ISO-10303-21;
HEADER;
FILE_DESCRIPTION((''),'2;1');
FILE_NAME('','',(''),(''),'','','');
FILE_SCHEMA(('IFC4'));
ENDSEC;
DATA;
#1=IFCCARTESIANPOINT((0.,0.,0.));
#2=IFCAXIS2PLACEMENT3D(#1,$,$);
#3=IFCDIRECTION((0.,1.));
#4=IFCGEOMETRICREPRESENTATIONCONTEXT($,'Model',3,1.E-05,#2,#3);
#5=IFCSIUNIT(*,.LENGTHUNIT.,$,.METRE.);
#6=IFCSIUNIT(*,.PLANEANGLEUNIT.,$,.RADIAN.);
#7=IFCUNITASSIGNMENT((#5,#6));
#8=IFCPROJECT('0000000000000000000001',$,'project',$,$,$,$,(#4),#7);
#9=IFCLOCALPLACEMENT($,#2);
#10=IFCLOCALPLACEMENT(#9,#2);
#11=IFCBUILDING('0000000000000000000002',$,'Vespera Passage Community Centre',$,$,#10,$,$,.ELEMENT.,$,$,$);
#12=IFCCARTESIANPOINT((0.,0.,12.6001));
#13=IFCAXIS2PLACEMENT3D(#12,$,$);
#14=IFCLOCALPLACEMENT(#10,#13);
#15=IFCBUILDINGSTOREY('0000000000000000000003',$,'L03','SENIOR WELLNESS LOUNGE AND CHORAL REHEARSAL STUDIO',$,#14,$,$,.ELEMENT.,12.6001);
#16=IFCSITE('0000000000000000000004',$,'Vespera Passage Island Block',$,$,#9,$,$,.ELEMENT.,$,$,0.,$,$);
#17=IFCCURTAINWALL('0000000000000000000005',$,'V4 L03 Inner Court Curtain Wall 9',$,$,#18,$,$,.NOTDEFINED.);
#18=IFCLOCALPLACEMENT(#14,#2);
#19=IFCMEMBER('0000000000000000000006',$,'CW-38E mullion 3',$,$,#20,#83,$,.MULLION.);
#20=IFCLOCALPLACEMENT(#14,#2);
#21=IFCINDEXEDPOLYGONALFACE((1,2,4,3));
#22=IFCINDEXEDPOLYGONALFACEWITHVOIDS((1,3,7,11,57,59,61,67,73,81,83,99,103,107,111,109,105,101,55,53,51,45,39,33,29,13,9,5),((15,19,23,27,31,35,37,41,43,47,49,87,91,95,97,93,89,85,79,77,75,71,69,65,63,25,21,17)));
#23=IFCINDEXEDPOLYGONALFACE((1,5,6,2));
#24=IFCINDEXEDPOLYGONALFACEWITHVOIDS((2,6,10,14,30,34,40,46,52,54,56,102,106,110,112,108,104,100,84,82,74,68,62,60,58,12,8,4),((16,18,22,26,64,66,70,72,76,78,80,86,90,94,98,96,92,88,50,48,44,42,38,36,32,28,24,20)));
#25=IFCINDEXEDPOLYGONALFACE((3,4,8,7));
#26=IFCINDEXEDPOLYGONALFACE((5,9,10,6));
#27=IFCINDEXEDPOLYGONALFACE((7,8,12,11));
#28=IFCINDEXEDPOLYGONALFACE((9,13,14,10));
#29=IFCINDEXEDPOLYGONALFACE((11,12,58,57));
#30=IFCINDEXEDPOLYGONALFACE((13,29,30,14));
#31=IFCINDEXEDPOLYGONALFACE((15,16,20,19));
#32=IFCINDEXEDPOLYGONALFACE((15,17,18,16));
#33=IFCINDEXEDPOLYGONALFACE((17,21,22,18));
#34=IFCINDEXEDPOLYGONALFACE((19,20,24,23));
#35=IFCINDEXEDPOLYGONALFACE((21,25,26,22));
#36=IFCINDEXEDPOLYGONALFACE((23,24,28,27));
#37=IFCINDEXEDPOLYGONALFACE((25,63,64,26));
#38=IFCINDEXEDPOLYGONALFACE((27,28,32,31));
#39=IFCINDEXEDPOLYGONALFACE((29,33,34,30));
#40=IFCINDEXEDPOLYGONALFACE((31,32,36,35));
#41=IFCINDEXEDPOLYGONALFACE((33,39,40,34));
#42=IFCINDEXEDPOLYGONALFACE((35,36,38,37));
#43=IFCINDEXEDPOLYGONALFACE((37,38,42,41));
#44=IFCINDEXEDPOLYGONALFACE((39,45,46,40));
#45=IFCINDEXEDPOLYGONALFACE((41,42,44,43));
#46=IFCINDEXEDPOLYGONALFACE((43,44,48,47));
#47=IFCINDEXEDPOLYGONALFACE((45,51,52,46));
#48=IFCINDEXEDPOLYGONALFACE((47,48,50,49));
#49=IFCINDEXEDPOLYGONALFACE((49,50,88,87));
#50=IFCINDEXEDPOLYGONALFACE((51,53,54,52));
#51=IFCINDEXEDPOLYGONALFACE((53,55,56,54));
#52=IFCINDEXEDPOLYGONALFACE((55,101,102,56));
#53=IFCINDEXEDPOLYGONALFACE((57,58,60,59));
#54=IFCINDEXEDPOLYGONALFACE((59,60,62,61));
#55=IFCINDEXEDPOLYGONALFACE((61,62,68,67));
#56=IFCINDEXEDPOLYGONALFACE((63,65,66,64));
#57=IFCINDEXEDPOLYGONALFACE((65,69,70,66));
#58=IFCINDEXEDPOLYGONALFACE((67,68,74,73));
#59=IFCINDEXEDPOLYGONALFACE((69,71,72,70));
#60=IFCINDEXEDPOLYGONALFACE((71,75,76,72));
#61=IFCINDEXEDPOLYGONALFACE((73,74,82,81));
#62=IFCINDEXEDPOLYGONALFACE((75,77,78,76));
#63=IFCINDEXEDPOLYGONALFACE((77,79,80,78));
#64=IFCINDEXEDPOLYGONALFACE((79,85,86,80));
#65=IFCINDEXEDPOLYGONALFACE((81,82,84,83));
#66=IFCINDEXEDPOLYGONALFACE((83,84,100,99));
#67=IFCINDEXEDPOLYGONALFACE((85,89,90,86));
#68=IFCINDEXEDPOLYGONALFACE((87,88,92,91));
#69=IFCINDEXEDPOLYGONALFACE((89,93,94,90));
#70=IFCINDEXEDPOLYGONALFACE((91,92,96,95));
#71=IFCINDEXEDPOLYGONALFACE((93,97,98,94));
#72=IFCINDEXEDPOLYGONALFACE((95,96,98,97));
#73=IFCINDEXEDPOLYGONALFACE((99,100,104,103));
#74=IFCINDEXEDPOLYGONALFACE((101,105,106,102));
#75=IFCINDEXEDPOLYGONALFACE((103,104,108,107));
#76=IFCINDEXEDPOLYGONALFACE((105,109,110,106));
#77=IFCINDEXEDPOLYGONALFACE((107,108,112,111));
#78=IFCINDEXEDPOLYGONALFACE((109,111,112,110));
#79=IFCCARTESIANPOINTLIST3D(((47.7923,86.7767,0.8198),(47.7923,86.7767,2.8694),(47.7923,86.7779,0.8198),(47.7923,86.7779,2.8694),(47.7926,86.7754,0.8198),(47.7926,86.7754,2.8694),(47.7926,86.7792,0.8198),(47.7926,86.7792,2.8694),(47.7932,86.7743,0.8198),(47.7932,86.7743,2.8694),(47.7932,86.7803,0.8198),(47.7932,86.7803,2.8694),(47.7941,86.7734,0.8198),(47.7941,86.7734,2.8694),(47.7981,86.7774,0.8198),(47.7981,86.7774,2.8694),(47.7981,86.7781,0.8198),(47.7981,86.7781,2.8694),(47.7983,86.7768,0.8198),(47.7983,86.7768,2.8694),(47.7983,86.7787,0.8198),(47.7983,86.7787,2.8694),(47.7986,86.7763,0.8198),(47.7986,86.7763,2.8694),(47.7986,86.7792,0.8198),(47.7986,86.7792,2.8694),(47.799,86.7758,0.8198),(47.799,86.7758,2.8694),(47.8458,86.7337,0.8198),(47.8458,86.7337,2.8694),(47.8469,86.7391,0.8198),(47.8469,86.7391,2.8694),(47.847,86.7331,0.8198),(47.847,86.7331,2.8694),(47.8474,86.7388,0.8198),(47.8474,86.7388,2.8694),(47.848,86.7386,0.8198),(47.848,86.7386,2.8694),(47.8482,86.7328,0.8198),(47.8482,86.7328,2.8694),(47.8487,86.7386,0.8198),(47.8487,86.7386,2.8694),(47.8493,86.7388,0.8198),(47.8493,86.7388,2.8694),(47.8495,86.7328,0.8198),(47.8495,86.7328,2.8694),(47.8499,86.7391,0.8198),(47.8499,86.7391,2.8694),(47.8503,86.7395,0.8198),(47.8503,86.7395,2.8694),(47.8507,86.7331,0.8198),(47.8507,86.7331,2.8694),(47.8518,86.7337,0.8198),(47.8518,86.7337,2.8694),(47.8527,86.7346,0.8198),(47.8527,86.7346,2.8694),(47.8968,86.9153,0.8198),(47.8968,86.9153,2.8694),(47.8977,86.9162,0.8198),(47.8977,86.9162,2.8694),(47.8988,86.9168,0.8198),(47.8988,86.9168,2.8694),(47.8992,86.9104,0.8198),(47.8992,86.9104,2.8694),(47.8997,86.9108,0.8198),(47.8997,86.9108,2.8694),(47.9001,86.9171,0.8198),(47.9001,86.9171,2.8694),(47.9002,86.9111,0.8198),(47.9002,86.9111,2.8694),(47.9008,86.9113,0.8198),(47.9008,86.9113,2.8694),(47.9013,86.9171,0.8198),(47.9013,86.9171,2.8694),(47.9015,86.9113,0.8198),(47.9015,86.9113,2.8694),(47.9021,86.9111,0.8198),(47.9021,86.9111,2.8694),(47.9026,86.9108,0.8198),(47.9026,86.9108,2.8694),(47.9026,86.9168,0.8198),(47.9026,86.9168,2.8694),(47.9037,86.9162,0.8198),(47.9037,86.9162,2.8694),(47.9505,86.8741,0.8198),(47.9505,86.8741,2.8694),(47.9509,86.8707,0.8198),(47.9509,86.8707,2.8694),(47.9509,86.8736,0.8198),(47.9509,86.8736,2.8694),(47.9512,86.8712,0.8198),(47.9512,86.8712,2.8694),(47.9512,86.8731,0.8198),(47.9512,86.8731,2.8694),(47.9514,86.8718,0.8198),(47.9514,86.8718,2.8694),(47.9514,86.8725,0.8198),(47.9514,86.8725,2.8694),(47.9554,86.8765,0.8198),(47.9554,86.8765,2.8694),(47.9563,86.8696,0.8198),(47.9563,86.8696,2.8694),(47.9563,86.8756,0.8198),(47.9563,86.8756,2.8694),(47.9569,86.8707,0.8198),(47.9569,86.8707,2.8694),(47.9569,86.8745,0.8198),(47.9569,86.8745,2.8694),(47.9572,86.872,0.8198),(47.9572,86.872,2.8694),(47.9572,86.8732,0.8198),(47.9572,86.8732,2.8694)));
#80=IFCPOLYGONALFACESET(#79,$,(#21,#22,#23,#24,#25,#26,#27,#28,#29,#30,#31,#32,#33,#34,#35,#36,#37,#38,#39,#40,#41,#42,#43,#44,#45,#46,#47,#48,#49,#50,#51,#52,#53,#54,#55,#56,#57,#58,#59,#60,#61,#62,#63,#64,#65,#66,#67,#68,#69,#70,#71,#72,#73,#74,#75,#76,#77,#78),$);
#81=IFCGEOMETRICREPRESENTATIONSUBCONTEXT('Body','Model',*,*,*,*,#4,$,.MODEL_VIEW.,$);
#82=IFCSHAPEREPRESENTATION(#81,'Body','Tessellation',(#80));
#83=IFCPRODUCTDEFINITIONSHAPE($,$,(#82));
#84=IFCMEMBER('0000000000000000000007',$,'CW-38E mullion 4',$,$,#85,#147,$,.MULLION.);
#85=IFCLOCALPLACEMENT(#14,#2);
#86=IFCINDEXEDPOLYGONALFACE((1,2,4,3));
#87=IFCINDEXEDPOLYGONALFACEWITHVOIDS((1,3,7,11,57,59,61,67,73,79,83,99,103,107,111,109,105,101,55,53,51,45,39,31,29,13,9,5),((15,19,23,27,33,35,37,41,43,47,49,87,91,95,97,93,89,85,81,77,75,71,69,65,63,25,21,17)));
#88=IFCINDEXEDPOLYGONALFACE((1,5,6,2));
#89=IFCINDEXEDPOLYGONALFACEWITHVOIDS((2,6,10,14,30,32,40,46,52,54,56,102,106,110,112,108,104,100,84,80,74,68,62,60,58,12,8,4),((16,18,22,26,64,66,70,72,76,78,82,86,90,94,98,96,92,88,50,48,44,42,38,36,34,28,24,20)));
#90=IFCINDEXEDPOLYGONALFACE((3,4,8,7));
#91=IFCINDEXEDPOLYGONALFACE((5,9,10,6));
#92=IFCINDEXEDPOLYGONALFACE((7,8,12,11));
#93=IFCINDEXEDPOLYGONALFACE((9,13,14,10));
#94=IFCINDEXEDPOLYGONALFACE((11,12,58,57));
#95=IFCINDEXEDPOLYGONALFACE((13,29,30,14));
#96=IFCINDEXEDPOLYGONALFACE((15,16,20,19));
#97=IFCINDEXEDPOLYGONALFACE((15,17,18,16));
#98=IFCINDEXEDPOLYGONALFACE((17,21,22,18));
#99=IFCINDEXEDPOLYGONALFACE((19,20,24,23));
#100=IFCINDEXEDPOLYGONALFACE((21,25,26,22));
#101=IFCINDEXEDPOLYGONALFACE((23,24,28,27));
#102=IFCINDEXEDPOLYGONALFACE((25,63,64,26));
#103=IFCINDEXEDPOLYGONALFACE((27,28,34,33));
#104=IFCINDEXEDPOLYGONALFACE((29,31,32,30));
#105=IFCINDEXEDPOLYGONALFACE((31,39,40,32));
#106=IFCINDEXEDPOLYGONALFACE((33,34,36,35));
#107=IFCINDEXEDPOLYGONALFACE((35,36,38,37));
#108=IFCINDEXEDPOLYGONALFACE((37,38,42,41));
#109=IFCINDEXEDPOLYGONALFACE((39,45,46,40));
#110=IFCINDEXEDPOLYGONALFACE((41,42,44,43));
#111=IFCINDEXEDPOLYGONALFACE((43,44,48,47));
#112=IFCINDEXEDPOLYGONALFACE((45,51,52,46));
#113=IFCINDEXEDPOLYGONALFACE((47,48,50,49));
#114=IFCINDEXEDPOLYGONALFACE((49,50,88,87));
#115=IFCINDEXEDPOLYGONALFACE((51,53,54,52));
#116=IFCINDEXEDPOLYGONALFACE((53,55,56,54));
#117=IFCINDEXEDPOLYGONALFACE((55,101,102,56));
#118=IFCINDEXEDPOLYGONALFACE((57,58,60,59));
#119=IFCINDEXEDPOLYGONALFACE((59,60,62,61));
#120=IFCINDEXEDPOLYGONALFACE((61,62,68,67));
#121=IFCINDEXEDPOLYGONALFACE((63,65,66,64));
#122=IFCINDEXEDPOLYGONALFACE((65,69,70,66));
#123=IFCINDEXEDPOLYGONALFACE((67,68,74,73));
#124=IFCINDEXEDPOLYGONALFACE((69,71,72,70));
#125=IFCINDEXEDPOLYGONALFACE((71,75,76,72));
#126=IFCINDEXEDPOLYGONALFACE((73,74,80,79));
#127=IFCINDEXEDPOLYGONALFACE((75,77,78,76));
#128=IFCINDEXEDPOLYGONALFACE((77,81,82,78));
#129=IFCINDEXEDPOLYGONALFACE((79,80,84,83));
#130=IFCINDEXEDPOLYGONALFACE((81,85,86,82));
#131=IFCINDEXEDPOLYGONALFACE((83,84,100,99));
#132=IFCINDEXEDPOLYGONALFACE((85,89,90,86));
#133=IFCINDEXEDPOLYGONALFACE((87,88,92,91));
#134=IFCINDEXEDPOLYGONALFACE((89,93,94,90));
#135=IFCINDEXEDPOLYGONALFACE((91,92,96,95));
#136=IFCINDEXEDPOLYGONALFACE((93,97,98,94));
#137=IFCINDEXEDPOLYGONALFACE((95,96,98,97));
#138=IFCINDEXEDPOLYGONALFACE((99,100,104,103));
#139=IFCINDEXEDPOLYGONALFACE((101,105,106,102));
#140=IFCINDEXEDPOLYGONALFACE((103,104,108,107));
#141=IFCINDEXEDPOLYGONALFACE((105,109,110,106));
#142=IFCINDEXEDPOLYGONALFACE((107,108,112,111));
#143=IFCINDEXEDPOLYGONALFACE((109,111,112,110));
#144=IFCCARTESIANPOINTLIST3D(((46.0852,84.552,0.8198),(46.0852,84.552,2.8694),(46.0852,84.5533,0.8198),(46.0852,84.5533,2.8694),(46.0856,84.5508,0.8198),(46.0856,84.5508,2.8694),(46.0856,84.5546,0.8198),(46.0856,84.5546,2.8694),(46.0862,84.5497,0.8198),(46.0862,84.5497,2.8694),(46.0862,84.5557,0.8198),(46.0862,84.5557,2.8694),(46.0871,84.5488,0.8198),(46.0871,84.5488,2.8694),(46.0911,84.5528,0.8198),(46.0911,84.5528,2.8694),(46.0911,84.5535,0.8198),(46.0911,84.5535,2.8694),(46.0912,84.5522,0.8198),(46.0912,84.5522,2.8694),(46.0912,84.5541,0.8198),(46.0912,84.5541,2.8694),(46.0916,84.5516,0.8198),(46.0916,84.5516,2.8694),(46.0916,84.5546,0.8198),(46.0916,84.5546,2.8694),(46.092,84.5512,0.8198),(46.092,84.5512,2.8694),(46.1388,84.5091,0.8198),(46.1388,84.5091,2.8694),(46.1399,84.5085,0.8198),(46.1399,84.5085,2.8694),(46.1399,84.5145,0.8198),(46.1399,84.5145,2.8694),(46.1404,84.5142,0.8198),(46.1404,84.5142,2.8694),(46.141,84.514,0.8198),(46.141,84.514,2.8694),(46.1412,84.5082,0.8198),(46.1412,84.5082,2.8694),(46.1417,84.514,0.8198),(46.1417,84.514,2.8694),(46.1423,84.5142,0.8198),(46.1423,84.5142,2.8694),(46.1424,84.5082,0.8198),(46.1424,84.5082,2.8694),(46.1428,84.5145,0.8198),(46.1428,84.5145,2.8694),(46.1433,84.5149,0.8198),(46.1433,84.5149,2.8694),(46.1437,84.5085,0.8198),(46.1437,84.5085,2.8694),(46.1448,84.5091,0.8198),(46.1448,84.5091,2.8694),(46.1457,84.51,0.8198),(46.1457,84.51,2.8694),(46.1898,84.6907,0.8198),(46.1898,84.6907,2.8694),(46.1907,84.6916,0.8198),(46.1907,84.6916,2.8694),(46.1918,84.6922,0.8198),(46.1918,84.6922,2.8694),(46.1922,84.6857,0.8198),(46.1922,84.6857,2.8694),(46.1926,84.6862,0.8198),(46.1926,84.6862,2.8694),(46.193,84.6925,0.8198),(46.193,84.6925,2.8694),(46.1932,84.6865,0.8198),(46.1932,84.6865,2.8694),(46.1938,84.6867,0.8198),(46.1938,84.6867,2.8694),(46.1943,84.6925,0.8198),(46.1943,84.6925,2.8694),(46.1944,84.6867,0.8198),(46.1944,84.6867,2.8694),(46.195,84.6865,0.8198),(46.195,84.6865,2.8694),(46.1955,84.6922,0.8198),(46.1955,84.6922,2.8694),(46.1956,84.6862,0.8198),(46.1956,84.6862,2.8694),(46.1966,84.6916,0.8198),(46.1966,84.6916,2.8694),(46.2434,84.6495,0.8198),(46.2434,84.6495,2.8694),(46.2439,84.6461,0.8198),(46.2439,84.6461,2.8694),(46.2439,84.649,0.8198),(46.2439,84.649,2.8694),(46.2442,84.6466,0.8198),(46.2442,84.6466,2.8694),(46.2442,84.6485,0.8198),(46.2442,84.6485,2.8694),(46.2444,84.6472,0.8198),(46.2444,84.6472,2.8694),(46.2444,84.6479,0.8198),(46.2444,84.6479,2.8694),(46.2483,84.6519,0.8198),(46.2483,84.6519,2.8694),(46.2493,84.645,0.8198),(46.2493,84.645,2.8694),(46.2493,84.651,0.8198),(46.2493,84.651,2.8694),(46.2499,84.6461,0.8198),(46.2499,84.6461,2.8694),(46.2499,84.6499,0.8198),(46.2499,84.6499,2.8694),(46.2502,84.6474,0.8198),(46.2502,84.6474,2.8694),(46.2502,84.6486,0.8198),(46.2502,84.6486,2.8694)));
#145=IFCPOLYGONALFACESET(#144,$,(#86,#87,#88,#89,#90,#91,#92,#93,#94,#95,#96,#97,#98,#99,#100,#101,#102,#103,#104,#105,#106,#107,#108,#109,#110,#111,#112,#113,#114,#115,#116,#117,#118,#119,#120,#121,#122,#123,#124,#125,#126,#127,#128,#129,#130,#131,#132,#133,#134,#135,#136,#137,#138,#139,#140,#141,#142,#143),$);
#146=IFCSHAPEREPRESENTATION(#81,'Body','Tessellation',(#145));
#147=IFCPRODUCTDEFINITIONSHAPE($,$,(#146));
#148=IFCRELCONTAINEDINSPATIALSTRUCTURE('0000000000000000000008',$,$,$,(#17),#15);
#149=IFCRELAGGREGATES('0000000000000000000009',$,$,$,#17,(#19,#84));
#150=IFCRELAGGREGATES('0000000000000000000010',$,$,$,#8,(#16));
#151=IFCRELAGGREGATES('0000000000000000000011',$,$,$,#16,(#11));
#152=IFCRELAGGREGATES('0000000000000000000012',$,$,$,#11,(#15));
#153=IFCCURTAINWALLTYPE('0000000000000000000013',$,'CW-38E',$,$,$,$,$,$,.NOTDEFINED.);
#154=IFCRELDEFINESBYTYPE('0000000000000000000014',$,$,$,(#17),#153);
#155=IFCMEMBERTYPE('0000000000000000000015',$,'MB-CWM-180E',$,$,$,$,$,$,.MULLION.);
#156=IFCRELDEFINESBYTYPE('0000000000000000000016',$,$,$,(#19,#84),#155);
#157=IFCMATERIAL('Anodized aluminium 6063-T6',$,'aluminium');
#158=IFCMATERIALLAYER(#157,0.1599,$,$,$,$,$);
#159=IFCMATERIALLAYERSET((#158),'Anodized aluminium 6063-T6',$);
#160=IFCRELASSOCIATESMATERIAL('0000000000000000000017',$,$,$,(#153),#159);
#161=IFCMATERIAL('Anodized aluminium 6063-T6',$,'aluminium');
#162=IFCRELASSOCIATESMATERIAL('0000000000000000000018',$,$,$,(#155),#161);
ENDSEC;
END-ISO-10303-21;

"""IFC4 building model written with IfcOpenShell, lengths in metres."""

from ifc_helpers import new_model, si_unit, direction, frame, origin, origin_2d, place, context, subcontext, project, spatial, hollow_rectangle, extrude, material, layer, layer_set, material_profile, profile_set, type_object, element, aggregate, save


model = new_model("IFC4")

# Units and contexts
model_context = context("Model", 3, precision=1e-05, world=origin(), true_north=direction((0.0, 1.0)))
body_context = subcontext(model_context, "Body", "Model", "MODEL_VIEW")
ifc_project = project(units=[si_unit("LENGTHUNIT", "METRE"), si_unit("PLANEANGLEUNIT", "RADIAN")], contexts=[model_context])

# Site, building, storey
site_placement = place(None, origin())
site = spatial("IfcSite", under=ifc_project, at=site_placement, Name="Vespera Passage Island Block", CompositionType="ELEMENT", RefElevation=0.0)
building_placement = place(site_placement, origin())
building = spatial("IfcBuilding", under=site, at=building_placement, Name="Vespera Passage Community Centre", CompositionType="ELEMENT")
storey_placement = place(building_placement, frame((0.0, 0.0, 12.6001)))
storey = spatial("IfcBuildingStorey", under=building, at=storey_placement, Name="L03", Description="SENIOR WELLNESS LOUNGE AND CHORAL REHEARSAL STUDIO", CompositionType="ELEMENT", Elevation=12.6001)

# Curtain wall, members
ifc_material_1 = material(Name="Anodized aluminium 6063-T6", Category="aluminium")
ifc_layer_1 = layer(ifc_material_1, 0.1599)
ifc_layer_set_1 = layer_set([ifc_layer_1], Name="Anodized aluminium 6063-T6")
curtain_wall_type_1 = type_object("IfcCurtainWallType", Name="CW-38E", PredefinedType="NOTDEFINED", material=ifc_layer_set_1)
curtain_wall_1_placement = place(storey_placement, origin())
curtain_wall_1 = element("IfcCurtainWall", 1, at=curtain_wall_1_placement, inside=storey, type_object=curtain_wall_type_1, Name="V4 L03 Inner Court Curtain Wall 9", PredefinedType="NOTDEFINED")
ifc_material_2 = material(Name="Anodized aluminium 6063-T6", Category="aluminium")
ifc_material_profile_1 = material_profile(ifc_material_2, hollow_rectangle(XDim=0.075, YDim=0.1799, WallThickness=0.0049, InnerFilletRadius=0.0024, OuterFilletRadius=0.0049, at=origin_2d()), Name="ALU180X75X5")
ifc_profile_set_1 = profile_set([ifc_material_profile_1], Name="Anodized aluminium 6063-T6")
member_type_1 = type_object("IfcMemberType", Name="MB-CWM-180E", PredefinedType="MULLION", material=ifc_profile_set_1)
member_1_placement = place(storey_placement, frame((47.8748, 86.825, 0.8198), z_axis=(0.0, 0.0, 1.0), x_axis=(0.793358, -0.608755, 0.0)))
member_1 = element("IfcMember", 2, at=member_1_placement, type_object=member_type_1, Name="CW-38E mullion 3", PredefinedType="MULLION", context=body_context, shape_type="SweptSolid", body=[
    extrude(hollow_rectangle(XDim=0.075, YDim=0.1799, WallThickness=0.0049, InnerFilletRadius=0.0024, OuterFilletRadius=0.0049, at=origin_2d()), origin(), (0.0, 0.0, 1.0), 2.0496),
])
member_2_placement = place(storey_placement, frame((46.1677, 84.6003, 0.8198), z_axis=(0.0, 0.0, 1.0), x_axis=(0.793358, -0.608755, 0.0)))
member_2 = element("IfcMember", 3, at=member_2_placement, type_object=member_type_1, Name="CW-38E mullion 4", PredefinedType="MULLION", context=body_context, shape_type="SweptSolid", body=[
    extrude(hollow_rectangle(XDim=0.075, YDim=0.1799, WallThickness=0.0049, InnerFilletRadius=0.0024, OuterFilletRadius=0.0049, at=origin_2d()), origin(), (0.0, 0.0, 1.0), 2.0496),
])

aggregate(curtain_wall_1, [member_1, member_2])

save(model, "model.ifc")
